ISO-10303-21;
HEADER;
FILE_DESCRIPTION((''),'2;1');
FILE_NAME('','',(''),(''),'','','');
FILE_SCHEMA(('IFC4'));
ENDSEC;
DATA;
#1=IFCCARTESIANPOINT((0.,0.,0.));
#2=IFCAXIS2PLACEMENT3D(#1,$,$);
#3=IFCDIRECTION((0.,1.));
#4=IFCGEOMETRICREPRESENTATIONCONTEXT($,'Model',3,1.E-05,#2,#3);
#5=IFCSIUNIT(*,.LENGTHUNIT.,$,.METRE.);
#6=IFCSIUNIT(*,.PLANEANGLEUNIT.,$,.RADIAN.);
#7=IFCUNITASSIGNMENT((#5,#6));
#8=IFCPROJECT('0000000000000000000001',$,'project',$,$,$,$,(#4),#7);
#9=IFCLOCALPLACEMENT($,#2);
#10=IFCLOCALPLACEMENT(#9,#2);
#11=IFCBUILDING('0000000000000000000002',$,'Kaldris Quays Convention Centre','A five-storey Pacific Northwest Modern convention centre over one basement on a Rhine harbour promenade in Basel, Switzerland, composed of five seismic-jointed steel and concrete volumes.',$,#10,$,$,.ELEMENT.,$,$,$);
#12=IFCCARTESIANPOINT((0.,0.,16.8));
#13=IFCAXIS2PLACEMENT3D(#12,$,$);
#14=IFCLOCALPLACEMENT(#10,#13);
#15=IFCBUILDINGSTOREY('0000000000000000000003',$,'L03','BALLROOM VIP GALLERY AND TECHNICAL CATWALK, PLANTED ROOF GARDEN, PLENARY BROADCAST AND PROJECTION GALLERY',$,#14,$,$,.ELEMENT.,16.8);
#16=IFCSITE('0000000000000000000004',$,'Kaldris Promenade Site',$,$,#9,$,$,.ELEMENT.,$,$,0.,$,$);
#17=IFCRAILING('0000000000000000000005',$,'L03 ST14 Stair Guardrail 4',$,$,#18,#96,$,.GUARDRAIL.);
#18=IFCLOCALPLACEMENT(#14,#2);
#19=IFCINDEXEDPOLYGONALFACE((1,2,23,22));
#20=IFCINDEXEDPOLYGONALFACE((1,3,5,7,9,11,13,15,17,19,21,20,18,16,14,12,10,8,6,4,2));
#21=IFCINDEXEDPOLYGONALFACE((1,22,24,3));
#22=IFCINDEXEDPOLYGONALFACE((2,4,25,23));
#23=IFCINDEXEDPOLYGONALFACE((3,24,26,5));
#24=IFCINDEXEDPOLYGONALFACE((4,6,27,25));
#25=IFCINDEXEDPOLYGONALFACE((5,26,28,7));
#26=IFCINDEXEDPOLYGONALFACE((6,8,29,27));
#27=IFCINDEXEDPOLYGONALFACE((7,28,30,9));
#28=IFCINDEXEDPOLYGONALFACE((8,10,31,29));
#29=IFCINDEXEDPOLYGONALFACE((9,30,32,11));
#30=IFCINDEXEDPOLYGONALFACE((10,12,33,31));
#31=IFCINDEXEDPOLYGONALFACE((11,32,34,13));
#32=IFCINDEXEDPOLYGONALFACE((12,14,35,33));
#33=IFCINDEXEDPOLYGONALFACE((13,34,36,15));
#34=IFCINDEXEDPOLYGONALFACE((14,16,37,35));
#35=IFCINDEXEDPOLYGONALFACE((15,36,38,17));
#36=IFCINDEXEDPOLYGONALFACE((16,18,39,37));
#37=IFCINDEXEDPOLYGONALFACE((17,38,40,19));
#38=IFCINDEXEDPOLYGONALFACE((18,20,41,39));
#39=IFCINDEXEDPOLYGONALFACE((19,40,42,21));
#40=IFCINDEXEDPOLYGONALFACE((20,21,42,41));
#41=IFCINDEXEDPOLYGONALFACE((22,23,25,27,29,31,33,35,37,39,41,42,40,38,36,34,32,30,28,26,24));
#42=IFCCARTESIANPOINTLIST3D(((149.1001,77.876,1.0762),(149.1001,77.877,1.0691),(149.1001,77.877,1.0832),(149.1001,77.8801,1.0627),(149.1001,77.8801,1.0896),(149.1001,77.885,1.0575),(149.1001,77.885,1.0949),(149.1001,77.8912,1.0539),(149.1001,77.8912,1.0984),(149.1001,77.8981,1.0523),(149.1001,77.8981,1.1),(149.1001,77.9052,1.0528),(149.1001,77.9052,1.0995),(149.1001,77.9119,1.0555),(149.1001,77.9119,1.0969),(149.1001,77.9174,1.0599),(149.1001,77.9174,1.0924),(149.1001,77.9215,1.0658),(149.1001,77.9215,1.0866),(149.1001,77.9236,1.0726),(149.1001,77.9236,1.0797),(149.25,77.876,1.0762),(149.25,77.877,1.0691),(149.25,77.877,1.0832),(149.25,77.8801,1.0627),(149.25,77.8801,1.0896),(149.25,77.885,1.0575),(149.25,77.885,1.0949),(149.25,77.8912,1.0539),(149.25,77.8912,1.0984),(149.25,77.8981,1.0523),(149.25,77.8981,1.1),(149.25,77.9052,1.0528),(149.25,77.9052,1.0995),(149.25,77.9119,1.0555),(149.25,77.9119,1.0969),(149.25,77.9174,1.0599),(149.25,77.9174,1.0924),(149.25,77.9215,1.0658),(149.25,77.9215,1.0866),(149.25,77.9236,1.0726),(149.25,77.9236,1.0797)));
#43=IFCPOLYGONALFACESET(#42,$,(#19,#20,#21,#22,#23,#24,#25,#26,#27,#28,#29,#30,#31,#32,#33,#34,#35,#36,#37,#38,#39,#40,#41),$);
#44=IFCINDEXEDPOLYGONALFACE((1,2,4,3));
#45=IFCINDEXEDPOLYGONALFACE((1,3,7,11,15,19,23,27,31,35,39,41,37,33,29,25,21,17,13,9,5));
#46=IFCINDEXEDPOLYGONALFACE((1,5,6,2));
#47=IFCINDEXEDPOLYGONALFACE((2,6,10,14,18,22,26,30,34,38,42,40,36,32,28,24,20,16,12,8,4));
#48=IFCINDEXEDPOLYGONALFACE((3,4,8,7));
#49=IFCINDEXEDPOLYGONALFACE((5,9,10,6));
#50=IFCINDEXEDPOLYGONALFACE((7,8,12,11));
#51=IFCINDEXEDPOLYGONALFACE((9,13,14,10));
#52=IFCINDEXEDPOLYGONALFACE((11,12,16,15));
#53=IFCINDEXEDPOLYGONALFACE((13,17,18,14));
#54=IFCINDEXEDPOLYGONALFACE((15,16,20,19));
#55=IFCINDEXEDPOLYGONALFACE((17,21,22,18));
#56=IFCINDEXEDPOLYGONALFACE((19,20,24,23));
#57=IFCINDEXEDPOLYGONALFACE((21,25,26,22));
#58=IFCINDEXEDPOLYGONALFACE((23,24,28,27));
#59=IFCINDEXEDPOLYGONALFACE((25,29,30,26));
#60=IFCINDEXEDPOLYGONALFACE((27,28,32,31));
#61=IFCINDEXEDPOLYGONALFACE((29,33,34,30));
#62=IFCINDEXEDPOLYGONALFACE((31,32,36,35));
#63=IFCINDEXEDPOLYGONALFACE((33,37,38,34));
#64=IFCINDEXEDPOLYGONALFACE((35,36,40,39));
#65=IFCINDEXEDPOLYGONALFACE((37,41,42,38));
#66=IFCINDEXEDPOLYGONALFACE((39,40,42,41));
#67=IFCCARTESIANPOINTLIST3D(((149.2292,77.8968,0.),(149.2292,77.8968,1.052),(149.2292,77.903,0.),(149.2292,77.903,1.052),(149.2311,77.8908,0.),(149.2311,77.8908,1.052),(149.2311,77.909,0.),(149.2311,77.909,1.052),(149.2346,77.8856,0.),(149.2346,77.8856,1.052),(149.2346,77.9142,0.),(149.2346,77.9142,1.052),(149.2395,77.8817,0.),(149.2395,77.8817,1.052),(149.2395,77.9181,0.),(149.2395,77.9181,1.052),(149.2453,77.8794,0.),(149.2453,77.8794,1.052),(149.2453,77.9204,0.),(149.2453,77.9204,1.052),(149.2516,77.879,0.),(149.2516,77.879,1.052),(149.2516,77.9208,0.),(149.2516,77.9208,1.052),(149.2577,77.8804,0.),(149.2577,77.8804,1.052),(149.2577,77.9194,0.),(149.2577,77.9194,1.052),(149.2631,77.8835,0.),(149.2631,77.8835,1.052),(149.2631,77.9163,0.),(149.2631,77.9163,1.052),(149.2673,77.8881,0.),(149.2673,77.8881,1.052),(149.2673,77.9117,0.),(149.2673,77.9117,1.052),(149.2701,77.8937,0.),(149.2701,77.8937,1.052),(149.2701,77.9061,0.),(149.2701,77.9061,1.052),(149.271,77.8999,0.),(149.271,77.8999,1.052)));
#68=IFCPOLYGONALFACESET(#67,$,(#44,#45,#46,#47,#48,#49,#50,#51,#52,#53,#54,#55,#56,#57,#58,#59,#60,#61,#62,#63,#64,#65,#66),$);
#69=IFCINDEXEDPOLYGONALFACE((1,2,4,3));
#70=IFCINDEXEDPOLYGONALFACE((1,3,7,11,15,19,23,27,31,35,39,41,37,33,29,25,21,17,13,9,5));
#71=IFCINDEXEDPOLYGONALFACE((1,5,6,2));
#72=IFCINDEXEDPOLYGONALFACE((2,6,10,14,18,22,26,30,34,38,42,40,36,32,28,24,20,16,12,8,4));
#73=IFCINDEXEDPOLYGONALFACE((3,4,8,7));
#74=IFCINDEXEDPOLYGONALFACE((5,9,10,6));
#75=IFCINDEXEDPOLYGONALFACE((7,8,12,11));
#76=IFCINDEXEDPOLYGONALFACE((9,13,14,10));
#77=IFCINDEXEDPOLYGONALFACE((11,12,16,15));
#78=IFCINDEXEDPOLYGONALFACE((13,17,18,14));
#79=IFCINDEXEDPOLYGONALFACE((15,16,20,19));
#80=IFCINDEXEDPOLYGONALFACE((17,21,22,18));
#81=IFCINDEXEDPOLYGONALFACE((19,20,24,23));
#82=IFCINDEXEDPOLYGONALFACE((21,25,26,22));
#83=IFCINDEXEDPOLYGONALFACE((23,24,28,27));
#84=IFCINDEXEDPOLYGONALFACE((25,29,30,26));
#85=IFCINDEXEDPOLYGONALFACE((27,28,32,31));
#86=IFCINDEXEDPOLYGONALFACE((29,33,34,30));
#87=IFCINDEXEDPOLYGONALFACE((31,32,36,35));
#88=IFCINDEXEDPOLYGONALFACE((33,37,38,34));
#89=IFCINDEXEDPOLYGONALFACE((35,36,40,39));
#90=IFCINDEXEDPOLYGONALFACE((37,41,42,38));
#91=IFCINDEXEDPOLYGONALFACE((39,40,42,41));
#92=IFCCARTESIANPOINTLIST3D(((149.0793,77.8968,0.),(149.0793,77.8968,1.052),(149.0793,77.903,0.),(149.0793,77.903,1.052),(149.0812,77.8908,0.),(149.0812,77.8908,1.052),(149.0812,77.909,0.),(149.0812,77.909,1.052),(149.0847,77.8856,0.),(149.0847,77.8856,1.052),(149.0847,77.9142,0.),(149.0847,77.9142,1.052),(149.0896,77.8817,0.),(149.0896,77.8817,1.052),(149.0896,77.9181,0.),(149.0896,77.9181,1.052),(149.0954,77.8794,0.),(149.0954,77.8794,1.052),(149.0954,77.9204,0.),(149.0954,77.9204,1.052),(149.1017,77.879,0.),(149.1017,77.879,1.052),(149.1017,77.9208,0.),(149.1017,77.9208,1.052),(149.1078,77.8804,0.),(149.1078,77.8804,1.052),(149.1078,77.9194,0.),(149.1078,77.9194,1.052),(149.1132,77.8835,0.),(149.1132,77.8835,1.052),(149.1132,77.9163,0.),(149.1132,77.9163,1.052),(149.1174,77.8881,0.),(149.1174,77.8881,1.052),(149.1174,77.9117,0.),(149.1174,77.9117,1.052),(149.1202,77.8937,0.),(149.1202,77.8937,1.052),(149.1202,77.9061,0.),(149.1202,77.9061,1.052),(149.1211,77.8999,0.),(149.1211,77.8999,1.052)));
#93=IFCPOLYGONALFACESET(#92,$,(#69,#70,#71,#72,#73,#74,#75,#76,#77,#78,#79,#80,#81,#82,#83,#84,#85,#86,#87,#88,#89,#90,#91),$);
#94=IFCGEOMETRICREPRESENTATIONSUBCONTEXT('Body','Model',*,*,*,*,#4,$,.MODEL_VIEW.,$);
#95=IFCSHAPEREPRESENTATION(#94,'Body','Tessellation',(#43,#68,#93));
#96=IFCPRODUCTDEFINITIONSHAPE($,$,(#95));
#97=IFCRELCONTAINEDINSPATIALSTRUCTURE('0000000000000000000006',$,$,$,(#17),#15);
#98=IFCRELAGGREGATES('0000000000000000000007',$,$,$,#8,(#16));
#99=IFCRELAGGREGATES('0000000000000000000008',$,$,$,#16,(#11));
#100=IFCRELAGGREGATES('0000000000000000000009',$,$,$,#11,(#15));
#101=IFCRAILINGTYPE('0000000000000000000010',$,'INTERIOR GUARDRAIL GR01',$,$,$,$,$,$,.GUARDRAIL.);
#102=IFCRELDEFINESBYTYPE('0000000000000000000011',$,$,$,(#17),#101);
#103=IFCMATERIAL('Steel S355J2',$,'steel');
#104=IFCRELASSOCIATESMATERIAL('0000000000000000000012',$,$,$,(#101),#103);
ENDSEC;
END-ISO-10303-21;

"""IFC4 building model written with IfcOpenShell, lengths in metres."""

from ifc_helpers import new_model, si_unit, direction, frame, origin, origin_2d, place, context, subcontext, project, spatial, circle, extrude, material, type_object, element, save


model = new_model("IFC4")

# Units and contexts
model_context = context("Model", 3, precision=1e-05, world=origin(), true_north=direction((0.0, 1.0)))
body_context = subcontext(model_context, "Body", "Model", "MODEL_VIEW")
ifc_project = project(units=[si_unit("LENGTHUNIT", "METRE"), si_unit("PLANEANGLEUNIT", "RADIAN")], contexts=[model_context])

# Site, building, storey
site_placement = place(None, origin())
site = spatial("IfcSite", under=ifc_project, at=site_placement, Name="Kaldris Promenade Site", CompositionType="ELEMENT", RefElevation=0.0)
building_placement = place(site_placement, origin())
building = spatial("IfcBuilding", under=site, at=building_placement, Name="Kaldris Quays Convention Centre", Description="A five-storey Pacific Northwest Modern convention centre over one basement on a Rhine harbour promenade in Basel, Switzerland, composed of five seismic-jointed steel and concrete volumes.", CompositionType="ELEMENT")
storey_placement = place(building_placement, frame((0.0, 0.0, 16.8)))
storey = spatial("IfcBuildingStorey", under=building, at=storey_placement, Name="L03", Description="BALLROOM VIP GALLERY AND TECHNICAL CATWALK, PLANTED ROOF GARDEN, PLENARY BROADCAST AND PROJECTION GALLERY", CompositionType="ELEMENT", Elevation=16.8)

# Shared definitions
ifc_material_1 = material(Name="Steel S355J2", Category="steel")

# Railing
railing_type_1 = type_object("IfcRailingType", Name="INTERIOR GUARDRAIL GR01", PredefinedType="GUARDRAIL", material=ifc_material_1)
railing_1_placement = place(storey_placement, frame((149.25, 77.8999, 0.0)))
element("IfcRailing", 1, at=railing_1_placement, inside=storey, type_object=railing_type_1, Name="L03 ST14 Stair Guardrail 4", PredefinedType="GUARDRAIL", context=body_context, shape_type="SweptSolid", body=[
    extrude(circle(Radius=0.0239, at=origin_2d()), frame((0.0, 0.0, 1.0762), z_axis=(-1.0, 0.0, 0.0), x_axis=(0.0, -1.0, 0.0)), (0.0, 0.0, 1.0), 0.1499),
    extrude(circle(Radius=0.021, at=origin_2d()), origin(), (0.0, 0.0, 1.0), 1.052),
    extrude(circle(Radius=0.021, at=origin_2d()), frame((-0.1499, 0.0, 0.0)), (0.0, 0.0, 1.0), 1.052),
])

save(model, "model.ifc")
